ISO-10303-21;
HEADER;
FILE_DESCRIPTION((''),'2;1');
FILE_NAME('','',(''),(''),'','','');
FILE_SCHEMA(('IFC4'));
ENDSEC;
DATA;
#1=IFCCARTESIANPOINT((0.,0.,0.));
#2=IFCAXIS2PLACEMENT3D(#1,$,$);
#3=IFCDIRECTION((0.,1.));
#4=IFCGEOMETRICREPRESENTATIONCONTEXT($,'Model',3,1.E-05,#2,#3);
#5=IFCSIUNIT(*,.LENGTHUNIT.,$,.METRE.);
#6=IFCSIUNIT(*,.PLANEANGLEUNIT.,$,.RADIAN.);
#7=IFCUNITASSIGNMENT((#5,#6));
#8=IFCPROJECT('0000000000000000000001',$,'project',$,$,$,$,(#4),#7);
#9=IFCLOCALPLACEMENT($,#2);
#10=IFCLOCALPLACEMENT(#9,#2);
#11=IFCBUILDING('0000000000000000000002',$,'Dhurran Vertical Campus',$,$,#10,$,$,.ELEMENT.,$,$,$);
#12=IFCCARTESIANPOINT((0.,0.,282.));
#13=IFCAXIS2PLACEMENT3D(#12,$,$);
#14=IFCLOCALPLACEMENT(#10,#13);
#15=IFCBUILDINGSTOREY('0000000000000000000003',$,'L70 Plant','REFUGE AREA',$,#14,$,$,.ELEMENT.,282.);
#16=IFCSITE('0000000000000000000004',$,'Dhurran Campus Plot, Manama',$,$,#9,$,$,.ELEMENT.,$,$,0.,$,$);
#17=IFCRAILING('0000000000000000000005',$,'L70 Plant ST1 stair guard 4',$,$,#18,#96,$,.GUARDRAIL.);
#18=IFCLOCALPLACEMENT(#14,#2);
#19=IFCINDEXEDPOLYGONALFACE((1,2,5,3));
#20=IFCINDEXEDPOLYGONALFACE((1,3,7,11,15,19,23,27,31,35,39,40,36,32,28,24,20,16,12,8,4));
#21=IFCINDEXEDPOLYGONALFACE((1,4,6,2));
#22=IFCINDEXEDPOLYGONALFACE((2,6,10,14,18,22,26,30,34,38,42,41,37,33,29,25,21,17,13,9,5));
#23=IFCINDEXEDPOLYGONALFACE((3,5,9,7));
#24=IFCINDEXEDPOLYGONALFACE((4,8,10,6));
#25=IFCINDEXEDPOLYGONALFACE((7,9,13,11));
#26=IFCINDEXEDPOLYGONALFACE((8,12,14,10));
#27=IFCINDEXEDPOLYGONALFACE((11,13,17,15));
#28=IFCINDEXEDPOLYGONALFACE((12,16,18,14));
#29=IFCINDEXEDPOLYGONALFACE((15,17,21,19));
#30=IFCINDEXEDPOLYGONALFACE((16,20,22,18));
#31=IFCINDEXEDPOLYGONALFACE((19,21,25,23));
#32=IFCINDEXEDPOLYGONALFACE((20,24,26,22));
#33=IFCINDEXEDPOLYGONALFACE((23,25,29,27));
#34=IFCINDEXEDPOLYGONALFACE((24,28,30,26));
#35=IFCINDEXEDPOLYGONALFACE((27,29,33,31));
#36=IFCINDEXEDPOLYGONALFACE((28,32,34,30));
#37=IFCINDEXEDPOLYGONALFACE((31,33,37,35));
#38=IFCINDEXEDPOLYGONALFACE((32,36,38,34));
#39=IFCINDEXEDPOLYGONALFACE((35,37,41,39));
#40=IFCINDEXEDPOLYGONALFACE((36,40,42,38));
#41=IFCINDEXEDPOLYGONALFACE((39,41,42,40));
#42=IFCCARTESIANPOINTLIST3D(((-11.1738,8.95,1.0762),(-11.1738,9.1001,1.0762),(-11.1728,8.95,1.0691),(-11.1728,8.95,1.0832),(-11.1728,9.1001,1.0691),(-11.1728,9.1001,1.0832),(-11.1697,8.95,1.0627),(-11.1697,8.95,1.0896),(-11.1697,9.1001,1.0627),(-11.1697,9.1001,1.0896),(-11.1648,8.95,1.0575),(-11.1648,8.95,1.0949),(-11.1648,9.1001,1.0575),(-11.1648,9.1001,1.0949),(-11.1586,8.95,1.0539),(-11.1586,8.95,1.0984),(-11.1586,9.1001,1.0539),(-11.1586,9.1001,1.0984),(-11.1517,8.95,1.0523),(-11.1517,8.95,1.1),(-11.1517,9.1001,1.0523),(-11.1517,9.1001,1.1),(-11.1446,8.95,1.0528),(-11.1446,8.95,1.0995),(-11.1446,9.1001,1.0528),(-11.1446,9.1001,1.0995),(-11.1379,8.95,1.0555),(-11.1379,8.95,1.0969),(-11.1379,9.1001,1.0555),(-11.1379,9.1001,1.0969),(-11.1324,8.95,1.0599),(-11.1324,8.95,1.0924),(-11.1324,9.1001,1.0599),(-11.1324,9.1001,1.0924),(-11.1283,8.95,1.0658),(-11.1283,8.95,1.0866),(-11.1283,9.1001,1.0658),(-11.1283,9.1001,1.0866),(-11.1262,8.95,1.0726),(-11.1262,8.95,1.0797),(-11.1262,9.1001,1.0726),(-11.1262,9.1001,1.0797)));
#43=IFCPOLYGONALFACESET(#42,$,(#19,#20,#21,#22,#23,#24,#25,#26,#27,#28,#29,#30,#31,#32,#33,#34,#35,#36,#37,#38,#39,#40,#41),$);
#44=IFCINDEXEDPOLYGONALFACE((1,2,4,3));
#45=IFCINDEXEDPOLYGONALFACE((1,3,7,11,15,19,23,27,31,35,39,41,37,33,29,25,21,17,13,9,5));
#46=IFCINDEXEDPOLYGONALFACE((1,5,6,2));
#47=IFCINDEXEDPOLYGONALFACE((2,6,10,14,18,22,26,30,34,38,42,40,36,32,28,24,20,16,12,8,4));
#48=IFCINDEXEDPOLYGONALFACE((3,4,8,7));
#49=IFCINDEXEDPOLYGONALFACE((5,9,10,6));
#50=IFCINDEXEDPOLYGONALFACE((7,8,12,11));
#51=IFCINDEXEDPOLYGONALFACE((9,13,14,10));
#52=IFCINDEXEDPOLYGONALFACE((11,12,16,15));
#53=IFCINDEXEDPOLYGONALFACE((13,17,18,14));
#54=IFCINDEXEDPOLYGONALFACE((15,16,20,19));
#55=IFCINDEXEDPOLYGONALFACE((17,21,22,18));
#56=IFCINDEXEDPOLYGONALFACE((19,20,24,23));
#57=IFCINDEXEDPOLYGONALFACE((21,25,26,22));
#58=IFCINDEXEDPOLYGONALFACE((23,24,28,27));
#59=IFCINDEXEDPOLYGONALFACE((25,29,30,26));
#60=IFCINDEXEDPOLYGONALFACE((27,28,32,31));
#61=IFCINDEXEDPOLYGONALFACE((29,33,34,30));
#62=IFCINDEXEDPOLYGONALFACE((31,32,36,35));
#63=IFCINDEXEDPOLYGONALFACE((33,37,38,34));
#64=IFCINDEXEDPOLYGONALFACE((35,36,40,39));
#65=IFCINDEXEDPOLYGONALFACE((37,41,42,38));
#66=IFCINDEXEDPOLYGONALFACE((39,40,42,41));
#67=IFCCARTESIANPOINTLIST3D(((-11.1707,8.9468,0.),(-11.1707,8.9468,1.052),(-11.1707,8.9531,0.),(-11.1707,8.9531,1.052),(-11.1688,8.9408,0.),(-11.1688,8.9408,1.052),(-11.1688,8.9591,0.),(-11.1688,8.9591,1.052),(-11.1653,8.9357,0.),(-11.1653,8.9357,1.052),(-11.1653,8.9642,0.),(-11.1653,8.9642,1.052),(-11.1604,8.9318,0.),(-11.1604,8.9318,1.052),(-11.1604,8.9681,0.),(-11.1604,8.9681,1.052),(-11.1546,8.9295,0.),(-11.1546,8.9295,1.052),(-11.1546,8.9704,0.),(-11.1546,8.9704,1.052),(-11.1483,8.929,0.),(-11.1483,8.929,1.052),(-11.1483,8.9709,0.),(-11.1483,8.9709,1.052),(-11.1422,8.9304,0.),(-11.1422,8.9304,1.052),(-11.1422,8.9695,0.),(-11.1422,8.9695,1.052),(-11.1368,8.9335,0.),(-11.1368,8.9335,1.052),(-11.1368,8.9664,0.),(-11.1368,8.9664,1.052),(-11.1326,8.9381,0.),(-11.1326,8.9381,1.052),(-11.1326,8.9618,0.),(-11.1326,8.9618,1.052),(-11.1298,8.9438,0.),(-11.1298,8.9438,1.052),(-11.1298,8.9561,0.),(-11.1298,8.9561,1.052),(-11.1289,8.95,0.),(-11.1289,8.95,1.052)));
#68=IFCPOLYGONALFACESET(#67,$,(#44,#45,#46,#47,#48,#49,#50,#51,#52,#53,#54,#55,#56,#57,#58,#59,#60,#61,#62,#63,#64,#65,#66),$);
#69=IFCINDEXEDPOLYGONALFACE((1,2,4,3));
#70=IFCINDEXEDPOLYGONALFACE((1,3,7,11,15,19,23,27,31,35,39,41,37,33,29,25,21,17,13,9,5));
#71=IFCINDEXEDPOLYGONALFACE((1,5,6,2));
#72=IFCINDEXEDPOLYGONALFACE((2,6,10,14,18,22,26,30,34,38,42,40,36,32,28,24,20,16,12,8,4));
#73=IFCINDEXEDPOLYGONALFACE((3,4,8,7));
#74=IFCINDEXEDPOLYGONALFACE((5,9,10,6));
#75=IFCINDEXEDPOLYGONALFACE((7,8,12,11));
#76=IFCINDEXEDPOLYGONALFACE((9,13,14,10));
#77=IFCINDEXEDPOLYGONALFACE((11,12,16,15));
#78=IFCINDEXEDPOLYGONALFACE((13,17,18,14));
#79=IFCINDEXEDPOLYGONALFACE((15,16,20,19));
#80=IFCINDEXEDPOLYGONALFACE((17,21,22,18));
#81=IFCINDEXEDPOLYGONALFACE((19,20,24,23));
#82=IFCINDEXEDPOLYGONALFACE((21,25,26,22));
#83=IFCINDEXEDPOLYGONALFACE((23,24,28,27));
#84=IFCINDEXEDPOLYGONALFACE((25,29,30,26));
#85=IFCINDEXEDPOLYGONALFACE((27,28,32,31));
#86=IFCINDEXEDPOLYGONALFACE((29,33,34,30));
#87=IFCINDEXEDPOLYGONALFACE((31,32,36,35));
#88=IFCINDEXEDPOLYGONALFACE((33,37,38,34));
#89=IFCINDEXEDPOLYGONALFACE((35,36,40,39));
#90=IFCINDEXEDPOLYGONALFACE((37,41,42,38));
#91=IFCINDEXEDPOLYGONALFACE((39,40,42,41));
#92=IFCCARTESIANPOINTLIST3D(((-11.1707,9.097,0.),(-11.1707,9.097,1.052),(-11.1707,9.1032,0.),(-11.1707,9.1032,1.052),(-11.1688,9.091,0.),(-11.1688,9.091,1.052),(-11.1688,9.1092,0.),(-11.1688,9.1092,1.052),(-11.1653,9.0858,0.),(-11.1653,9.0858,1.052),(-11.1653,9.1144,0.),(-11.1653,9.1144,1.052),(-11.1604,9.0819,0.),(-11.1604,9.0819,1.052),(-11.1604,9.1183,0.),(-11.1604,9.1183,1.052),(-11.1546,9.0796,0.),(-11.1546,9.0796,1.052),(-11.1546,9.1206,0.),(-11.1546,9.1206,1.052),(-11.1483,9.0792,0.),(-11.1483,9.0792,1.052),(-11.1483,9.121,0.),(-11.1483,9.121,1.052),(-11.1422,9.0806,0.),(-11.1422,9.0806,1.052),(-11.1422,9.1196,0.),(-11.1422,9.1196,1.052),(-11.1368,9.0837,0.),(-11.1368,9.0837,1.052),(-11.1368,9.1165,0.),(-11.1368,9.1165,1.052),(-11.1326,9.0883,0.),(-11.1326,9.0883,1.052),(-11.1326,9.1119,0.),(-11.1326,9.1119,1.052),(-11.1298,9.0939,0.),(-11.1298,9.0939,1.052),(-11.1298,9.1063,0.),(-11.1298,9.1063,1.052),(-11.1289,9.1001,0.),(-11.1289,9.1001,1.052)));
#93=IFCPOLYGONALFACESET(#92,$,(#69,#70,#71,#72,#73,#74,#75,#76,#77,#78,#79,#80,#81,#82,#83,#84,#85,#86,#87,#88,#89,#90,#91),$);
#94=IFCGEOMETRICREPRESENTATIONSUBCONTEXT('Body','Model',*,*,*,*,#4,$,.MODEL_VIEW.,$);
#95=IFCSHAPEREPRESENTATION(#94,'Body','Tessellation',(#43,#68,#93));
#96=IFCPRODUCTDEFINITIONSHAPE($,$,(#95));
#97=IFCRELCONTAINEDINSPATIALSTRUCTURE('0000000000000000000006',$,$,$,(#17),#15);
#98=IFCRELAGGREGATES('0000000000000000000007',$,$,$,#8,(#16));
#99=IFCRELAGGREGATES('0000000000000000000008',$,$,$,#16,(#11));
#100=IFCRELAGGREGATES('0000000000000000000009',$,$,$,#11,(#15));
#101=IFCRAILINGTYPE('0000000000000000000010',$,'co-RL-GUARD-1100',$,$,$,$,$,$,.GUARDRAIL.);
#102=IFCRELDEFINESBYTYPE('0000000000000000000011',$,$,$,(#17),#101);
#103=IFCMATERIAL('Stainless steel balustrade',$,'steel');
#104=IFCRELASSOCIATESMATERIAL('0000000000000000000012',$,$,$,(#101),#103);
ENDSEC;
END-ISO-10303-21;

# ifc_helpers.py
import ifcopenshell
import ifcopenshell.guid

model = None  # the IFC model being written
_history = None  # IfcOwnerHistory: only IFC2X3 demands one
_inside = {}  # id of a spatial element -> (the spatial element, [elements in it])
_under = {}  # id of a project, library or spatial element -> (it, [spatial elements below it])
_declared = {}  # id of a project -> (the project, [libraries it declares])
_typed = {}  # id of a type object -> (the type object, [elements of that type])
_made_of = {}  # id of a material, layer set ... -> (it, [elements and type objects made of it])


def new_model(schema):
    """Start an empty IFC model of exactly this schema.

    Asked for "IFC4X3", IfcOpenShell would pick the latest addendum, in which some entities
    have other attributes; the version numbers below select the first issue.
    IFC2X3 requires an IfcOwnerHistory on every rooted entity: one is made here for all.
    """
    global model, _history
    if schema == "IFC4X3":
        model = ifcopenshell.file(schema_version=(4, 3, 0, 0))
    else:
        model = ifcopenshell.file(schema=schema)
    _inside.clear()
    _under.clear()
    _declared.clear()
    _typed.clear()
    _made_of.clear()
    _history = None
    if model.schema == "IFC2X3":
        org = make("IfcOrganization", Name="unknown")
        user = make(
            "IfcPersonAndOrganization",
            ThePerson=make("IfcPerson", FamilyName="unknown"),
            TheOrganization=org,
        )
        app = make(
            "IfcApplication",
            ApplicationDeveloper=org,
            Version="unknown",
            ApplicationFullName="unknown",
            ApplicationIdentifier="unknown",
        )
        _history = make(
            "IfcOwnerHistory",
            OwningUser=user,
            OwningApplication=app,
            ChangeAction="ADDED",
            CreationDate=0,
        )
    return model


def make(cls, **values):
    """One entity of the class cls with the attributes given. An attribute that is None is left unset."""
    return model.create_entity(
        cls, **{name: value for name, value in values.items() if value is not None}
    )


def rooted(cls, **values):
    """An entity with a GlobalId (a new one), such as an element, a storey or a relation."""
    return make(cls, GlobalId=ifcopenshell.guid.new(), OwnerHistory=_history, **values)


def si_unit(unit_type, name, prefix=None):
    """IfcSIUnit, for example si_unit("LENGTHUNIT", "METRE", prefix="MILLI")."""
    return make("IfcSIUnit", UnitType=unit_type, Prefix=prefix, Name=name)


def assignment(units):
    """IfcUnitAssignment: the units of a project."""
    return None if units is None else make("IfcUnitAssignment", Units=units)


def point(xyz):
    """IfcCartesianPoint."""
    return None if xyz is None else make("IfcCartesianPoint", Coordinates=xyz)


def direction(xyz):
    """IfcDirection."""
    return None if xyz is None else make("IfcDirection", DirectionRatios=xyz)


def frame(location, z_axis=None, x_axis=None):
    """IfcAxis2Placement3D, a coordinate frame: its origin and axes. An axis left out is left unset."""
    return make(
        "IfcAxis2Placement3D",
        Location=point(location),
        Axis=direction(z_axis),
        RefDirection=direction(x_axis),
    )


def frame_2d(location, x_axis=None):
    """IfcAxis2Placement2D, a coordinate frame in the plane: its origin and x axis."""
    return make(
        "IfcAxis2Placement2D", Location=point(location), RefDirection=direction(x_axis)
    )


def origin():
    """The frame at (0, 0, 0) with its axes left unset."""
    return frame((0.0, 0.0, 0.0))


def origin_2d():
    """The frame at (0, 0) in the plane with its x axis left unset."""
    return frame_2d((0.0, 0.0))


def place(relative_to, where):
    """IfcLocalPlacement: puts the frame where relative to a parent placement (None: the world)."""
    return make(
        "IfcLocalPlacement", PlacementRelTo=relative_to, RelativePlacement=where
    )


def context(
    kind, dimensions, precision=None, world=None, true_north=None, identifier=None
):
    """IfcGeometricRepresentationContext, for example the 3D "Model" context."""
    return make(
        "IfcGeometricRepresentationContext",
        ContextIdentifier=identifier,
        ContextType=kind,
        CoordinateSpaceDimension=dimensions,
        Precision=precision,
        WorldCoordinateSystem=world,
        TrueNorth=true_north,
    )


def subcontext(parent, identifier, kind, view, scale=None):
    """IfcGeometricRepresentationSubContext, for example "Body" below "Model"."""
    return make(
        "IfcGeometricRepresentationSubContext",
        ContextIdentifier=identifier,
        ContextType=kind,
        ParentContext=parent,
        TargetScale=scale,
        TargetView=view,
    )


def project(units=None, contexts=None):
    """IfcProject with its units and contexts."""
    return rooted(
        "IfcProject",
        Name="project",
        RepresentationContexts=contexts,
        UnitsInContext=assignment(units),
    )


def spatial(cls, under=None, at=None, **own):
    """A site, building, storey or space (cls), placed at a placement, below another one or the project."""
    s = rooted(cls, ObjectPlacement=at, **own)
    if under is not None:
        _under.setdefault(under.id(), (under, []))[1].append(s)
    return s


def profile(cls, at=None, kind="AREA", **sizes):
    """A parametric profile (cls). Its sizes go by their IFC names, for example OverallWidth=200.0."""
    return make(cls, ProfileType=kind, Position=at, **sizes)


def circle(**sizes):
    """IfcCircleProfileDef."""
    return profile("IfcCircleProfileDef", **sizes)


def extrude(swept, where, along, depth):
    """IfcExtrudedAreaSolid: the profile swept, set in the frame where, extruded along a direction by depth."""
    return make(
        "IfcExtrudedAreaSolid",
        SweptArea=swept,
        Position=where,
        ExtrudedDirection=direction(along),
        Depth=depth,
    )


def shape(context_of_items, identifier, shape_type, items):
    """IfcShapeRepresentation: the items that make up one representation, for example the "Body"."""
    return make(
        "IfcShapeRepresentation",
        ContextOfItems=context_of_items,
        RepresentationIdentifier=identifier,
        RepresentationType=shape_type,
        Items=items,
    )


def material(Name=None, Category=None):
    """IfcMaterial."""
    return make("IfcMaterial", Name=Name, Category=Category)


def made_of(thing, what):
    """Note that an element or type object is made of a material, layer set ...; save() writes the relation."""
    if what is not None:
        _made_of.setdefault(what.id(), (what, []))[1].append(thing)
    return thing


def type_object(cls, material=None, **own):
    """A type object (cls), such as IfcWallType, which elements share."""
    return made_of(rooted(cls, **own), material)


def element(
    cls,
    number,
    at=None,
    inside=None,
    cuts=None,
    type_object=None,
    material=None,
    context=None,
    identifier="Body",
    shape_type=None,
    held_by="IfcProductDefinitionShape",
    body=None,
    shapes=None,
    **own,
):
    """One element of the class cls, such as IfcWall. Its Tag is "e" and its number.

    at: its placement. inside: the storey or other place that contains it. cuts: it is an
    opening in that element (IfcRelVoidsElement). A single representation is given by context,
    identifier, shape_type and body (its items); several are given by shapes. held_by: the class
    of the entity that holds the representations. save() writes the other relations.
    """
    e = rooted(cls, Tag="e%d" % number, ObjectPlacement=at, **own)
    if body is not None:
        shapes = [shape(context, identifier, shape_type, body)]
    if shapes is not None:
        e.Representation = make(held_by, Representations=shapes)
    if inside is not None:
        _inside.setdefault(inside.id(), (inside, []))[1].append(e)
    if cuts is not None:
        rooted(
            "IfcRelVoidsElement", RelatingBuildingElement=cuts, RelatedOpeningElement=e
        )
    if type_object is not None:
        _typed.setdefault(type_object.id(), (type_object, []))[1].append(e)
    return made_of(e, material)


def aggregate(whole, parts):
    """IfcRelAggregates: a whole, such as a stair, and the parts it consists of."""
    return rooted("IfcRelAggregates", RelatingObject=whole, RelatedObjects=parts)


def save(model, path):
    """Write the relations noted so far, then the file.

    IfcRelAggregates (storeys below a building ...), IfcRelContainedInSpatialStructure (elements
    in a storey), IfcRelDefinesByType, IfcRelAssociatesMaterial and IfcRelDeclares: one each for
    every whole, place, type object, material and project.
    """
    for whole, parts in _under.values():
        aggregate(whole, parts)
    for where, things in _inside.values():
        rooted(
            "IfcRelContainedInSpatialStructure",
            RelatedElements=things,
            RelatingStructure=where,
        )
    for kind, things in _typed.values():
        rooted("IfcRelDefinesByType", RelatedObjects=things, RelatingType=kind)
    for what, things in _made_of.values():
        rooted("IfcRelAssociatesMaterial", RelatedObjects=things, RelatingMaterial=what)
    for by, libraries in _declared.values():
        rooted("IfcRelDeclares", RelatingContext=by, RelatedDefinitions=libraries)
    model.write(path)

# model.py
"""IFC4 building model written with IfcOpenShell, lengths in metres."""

from ifc_helpers import new_model, si_unit, direction, frame, origin, origin_2d, place, context, subcontext, project, spatial, circle, extrude, material, type_object, element, save


model = new_model("IFC4")

# Units and contexts
model_context = context("Model", 3, precision=1e-05, world=origin(), true_north=direction((0.0, 1.0)))
body_context = subcontext(model_context, "Body", "Model", "MODEL_VIEW")
ifc_project = project(units=[si_unit("LENGTHUNIT", "METRE"), si_unit("PLANEANGLEUNIT", "RADIAN")], contexts=[model_context])

# Site, building, storey
site_placement = place(None, origin())
site = spatial("IfcSite", under=ifc_project, at=site_placement, Name="Dhurran Campus Plot, Manama", CompositionType="ELEMENT", RefElevation=0.0)
building_placement = place(site_placement, origin())
building = spatial("IfcBuilding", under=site, at=building_placement, Name="Dhurran Vertical Campus", CompositionType="ELEMENT")
storey_placement = place(building_placement, frame((0.0, 0.0, 282.0)))
storey = spatial("IfcBuildingStorey", under=building, at=storey_placement, Name="L70 Plant", Description="REFUGE AREA", CompositionType="ELEMENT", Elevation=282.0)

# Railing
ifc_material_1 = material(Name="Stainless steel balustrade", Category="steel")
railing_type_1 = type_object("IfcRailingType", Name="co-RL-GUARD-1100", PredefinedType="GUARDRAIL", material=ifc_material_1)
railing_1_placement = place(storey_placement, frame((-11.1499, 8.95, 0.0)))
element("IfcRailing", 1, at=railing_1_placement, inside=storey, type_object=railing_type_1, Name="L70 Plant ST1 stair guard 4", PredefinedType="GUARDRAIL", context=body_context, shape_type="SweptSolid", body=[
    extrude(circle(Radius=0.0239, at=origin_2d()), frame((0.0, 0.0, 1.0762), z_axis=(0.0, 1.0, 0.0), x_axis=(-1.0, 0.0, 0.0)), (0.0, 0.0, 1.0), 0.1501),
    extrude(circle(Radius=0.021, at=origin_2d()), origin(), (0.0, 0.0, 1.0), 1.052),
    extrude(circle(Radius=0.021, at=origin_2d()), frame((0.0, 0.1501, 0.0)), (0.0, 0.0, 1.0), 1.052),
])

save(model, "model.ifc")
